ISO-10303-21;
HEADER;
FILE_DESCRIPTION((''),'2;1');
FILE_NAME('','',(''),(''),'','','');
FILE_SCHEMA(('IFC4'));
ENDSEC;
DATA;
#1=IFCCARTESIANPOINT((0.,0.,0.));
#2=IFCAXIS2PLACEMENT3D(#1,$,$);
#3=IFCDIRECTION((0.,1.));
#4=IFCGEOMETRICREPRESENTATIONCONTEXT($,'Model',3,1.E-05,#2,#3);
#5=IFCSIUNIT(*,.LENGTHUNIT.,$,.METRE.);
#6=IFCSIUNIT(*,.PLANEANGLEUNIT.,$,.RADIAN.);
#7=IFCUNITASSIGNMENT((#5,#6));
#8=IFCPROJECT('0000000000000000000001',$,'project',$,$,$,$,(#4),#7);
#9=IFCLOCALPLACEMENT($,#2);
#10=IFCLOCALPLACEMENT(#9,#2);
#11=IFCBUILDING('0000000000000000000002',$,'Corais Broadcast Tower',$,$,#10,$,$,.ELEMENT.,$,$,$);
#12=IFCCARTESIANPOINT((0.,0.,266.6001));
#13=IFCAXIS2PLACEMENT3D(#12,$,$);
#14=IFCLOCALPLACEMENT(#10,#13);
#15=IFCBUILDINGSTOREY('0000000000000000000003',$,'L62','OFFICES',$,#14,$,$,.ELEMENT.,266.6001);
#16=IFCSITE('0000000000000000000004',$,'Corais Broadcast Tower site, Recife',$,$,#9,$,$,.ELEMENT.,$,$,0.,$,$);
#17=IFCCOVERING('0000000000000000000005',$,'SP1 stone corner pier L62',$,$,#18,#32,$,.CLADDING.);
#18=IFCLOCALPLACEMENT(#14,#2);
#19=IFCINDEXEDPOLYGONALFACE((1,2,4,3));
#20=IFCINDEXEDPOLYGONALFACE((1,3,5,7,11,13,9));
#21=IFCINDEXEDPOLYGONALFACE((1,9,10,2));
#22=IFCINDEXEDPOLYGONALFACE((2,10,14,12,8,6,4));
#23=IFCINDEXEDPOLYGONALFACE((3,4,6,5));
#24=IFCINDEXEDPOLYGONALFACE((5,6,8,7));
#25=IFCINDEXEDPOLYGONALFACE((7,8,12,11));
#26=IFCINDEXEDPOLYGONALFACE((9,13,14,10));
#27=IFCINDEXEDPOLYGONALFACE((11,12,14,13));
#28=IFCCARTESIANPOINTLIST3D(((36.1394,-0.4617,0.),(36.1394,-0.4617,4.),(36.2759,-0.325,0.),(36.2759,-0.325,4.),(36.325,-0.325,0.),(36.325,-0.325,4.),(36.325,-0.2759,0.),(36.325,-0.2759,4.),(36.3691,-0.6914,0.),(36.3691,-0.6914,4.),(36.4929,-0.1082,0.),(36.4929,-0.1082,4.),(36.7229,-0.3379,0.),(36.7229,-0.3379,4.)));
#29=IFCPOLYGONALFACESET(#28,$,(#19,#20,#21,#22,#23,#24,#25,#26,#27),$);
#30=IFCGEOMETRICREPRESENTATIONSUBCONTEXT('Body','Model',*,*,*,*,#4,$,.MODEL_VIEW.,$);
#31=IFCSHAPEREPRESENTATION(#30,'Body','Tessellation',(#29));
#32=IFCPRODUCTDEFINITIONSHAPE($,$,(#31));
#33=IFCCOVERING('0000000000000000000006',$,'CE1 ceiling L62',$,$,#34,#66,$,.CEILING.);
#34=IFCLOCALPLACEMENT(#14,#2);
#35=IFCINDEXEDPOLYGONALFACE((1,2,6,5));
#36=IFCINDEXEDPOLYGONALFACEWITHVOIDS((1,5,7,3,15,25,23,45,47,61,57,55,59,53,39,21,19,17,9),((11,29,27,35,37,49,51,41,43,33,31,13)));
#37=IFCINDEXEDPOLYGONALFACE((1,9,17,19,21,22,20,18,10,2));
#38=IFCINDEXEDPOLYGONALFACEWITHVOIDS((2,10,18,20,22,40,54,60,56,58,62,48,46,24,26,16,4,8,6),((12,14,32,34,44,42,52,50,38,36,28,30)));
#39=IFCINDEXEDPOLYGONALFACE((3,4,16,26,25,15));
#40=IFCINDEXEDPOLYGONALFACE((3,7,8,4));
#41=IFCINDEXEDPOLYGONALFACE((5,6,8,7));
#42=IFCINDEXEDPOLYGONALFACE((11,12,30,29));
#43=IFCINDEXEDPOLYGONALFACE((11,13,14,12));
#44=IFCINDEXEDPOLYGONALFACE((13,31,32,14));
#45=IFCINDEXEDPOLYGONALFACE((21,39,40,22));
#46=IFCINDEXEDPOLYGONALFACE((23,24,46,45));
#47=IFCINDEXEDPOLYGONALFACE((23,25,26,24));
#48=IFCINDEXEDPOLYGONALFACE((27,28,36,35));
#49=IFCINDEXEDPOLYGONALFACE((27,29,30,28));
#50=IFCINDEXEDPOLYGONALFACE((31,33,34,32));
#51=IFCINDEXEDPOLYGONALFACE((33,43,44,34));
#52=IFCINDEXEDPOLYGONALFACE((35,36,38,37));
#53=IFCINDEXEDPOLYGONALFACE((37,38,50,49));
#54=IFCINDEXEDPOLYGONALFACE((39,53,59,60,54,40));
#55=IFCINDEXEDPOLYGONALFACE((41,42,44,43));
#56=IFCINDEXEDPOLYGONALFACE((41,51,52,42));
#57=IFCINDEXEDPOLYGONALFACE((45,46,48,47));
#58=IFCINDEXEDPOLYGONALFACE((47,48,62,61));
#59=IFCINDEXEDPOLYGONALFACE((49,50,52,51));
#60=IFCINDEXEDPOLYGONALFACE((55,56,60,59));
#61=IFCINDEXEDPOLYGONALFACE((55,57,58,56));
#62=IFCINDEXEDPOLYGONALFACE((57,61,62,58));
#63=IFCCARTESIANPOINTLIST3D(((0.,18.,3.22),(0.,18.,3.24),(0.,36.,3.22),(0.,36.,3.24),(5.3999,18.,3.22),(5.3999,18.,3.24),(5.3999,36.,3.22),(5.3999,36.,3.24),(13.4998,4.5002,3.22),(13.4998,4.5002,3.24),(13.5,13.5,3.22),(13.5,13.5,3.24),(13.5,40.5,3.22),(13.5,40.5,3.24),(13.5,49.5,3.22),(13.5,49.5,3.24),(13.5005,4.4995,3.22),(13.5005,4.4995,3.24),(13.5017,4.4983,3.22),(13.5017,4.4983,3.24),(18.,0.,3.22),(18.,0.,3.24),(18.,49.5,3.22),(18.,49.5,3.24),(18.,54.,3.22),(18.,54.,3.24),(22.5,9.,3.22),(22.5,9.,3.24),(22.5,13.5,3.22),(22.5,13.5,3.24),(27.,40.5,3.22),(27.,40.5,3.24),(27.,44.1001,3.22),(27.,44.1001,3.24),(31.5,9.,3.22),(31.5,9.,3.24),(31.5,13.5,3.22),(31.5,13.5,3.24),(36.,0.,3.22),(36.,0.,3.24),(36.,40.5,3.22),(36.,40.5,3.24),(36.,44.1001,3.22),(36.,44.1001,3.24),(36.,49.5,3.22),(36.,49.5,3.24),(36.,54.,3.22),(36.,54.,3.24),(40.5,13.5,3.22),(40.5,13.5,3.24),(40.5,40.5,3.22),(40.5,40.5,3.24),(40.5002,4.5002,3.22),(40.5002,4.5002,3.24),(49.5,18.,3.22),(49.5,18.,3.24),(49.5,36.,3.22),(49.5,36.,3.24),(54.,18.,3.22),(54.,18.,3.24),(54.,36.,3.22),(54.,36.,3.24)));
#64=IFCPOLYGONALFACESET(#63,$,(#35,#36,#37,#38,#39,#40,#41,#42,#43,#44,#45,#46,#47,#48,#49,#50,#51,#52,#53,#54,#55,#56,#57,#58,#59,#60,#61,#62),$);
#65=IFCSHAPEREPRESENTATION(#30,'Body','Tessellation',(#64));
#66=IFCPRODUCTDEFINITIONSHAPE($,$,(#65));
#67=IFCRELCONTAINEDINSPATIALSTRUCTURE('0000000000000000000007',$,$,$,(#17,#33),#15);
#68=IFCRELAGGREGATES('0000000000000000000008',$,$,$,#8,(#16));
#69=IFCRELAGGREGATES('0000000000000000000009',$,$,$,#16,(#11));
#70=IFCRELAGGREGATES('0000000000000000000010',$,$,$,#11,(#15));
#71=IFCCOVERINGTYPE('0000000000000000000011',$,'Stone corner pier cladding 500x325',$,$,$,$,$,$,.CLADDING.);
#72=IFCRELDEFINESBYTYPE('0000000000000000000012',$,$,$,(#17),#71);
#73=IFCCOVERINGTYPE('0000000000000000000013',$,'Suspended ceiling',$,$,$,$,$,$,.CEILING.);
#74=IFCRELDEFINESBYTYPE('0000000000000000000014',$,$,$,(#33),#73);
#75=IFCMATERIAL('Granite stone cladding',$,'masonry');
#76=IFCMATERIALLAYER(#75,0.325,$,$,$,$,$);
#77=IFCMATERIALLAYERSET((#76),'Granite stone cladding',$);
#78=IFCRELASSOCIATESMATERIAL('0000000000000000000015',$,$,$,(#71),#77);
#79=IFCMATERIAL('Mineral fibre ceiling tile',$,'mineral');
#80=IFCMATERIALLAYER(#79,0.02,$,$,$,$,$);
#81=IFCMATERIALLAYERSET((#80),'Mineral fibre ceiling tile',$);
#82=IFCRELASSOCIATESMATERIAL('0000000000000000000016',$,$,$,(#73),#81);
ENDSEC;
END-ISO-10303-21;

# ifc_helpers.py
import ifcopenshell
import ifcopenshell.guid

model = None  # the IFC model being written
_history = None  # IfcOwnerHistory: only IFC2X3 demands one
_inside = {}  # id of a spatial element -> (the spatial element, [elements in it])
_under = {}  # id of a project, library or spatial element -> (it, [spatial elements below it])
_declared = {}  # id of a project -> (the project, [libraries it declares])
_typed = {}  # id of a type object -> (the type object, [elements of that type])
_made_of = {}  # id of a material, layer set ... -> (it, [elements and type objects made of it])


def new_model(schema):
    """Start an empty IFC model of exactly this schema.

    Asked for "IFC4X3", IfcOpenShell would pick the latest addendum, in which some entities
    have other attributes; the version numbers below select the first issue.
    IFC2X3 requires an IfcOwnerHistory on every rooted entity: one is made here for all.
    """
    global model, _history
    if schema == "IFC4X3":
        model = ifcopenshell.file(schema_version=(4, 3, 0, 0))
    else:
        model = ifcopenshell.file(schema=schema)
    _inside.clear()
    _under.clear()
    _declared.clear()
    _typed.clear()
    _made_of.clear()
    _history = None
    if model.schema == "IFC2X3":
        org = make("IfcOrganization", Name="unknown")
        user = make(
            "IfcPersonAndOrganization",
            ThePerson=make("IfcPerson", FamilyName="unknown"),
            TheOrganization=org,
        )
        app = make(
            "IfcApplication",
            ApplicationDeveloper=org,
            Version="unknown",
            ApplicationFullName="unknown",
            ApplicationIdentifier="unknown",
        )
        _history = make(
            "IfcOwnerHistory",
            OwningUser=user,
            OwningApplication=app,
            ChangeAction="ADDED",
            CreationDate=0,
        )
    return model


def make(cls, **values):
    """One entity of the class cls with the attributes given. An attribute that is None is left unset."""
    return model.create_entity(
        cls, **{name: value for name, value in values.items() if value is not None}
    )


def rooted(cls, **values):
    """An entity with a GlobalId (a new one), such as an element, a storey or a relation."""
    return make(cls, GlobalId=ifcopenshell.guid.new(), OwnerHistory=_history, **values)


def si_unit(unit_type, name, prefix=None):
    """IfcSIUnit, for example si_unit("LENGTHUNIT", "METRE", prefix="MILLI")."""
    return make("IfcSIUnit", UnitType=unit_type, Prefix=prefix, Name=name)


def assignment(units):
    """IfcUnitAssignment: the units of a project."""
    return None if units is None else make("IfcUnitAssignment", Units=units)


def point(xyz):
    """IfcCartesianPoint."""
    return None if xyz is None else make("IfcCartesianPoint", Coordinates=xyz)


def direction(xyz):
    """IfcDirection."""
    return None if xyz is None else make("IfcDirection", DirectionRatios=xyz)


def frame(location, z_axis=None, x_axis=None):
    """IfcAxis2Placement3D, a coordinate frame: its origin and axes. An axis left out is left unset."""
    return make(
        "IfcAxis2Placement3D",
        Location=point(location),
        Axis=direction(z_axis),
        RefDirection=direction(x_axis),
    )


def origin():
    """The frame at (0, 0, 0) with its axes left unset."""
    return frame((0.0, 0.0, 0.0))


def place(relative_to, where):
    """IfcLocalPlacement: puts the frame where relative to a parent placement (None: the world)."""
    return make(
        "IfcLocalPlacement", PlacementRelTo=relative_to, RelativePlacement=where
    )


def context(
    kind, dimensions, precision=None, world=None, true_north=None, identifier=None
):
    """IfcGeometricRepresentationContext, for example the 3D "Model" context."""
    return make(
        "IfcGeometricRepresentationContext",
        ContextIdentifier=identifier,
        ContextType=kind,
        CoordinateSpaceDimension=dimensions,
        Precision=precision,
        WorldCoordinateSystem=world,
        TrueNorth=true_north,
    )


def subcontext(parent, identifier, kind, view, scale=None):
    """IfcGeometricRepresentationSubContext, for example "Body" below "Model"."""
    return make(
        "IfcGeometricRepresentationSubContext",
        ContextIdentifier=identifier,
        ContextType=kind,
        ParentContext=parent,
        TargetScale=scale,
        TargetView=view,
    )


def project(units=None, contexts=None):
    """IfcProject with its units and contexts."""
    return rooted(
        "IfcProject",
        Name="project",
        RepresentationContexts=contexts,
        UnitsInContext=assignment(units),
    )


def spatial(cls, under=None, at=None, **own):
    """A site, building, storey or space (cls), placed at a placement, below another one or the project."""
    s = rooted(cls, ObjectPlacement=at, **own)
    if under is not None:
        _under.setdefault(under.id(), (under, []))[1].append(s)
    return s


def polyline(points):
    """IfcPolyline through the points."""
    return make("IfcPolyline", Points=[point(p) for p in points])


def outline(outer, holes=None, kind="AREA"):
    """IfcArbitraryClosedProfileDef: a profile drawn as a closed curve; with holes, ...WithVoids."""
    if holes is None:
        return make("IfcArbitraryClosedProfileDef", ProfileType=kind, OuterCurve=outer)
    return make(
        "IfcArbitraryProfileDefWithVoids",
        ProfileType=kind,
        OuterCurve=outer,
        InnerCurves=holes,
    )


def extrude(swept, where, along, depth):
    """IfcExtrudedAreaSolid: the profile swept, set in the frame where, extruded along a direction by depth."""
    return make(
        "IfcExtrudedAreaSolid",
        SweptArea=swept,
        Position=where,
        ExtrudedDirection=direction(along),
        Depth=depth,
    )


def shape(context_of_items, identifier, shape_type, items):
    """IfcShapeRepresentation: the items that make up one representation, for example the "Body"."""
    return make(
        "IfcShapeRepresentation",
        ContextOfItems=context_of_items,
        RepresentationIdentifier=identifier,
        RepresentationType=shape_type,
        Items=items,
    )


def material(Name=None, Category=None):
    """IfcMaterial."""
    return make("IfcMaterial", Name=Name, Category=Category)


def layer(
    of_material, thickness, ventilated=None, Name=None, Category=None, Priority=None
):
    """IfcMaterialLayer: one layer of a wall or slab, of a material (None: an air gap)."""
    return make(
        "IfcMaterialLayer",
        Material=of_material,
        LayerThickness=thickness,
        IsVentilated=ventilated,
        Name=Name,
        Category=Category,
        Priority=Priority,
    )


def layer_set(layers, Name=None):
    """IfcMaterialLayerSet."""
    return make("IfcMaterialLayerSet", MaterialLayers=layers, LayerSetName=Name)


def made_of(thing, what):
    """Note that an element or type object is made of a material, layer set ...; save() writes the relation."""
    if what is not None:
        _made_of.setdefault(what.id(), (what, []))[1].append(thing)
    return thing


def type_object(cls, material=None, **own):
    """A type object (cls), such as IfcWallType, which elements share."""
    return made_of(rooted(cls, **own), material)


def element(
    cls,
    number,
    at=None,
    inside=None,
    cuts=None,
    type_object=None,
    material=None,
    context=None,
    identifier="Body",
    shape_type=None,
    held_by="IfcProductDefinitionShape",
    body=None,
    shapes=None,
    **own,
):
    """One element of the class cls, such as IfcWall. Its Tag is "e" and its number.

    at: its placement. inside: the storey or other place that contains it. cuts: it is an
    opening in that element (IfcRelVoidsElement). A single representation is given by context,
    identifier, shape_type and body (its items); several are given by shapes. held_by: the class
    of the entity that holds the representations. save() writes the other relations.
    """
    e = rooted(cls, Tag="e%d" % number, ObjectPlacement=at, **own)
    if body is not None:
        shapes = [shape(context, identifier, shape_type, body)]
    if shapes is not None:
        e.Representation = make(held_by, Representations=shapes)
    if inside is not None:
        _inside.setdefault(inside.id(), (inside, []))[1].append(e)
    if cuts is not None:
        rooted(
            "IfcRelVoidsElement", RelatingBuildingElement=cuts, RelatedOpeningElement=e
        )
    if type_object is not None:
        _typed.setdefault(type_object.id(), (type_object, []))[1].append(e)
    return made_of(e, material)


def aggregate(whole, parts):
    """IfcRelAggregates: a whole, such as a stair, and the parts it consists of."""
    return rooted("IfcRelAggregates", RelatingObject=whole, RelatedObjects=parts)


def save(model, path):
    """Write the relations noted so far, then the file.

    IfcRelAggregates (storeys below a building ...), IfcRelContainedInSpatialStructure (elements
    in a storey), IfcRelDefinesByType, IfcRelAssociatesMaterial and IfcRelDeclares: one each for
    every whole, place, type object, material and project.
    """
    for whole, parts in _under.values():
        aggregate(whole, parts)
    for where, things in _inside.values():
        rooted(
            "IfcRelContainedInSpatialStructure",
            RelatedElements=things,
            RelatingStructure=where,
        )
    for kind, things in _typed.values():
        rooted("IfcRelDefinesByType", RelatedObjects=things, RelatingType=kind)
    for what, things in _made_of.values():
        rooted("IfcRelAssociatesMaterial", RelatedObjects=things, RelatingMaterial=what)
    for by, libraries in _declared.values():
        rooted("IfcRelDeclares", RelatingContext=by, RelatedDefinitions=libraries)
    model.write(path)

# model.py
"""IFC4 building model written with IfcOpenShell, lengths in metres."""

from ifc_helpers import new_model, si_unit, direction, frame, origin, place, context, subcontext, project, spatial, polyline, outline, extrude, material, layer, layer_set, type_object, element, save


model = new_model("IFC4")

# Units and contexts
model_context = context("Model", 3, precision=1e-05, world=origin(), true_north=direction((0.0, 1.0)))
body_context = subcontext(model_context, "Body", "Model", "MODEL_VIEW")
ifc_project = project(units=[si_unit("LENGTHUNIT", "METRE"), si_unit("PLANEANGLEUNIT", "RADIAN")], contexts=[model_context])

# Site, building, storey
site_placement = place(None, origin())
site = spatial("IfcSite", under=ifc_project, at=site_placement, Name="Corais Broadcast Tower site, Recife", CompositionType="ELEMENT", RefElevation=0.0)
building_placement = place(site_placement, origin())
building = spatial("IfcBuilding", under=site, at=building_placement, Name="Corais Broadcast Tower", CompositionType="ELEMENT")
storey_placement = place(building_placement, frame((0.0, 0.0, 266.6001)))
storey = spatial("IfcBuildingStorey", under=building, at=storey_placement, Name="L62", Description="OFFICES", CompositionType="ELEMENT", Elevation=266.6001)

# Coverings
ifc_material_1 = material(Name="Granite stone cladding", Category="masonry")
ifc_layer_1 = layer(ifc_material_1, 0.325)
ifc_layer_set_1 = layer_set([ifc_layer_1], Name="Granite stone cladding")
covering_type_1 = type_object("IfcCoveringType", Name="Stone corner pier cladding 500x325", PredefinedType="CLADDING", material=ifc_layer_set_1)
covering_1_placement = place(storey_placement, origin())
element("IfcCovering", 1, at=covering_1_placement, inside=storey, type_object=covering_type_1, Name="SP1 stone corner pier L62", PredefinedType="CLADDING", context=body_context, shape_type="SweptSolid", body=[
    extrude(outline(polyline([(36.2759, -0.325), (36.1394, -0.4617), (36.3691, -0.6914), (36.7229, -0.3379), (36.4929, -0.1082), (36.325, -0.2759), (36.325, -0.325), (36.2759, -0.325)])), origin(), (0.0, 0.0, 1.0), 4.0),
])
ifc_material_2 = material(Name="Mineral fibre ceiling tile", Category="mineral")
ifc_layer_2 = layer(ifc_material_2, 0.02)
ifc_layer_set_2 = layer_set([ifc_layer_2], Name="Mineral fibre ceiling tile")
covering_type_2 = type_object("IfcCoveringType", Name="Suspended ceiling", PredefinedType="CEILING", material=ifc_layer_set_2)
covering_2_placement = place(storey_placement, frame((0.0, 0.0, 3.22)))
element("IfcCovering", 2, at=covering_2_placement, inside=storey, type_object=covering_type_2, Name="CE1 ceiling L62", PredefinedType="CEILING", context=body_context, shape_type="SweptSolid", body=[
    extrude(outline(polyline([(13.5, 49.5), (18.0, 54.0), (18.0, 49.5), (36.0, 49.5), (36.0, 54.0), (54.0, 36.0), (49.5, 36.0), (49.5, 18.0), (54.0, 18.0), (40.5002, 4.5002), (36.0, 0.0), (18.0, 0.0), (13.5017, 4.4983), (13.5005, 4.4995), (13.4998, 4.5002), (0.0, 18.0), (5.3999, 18.0), (5.3999, 36.0), (0.0, 36.0), (13.5, 49.5)]), holes=[polyline([(36.0, 40.5), (36.0, 44.1001), (27.0, 44.1001), (27.0, 40.5), (13.5, 40.5), (13.5, 13.5), (22.5, 13.5), (22.5, 9.0), (31.5, 9.0), (31.5, 13.5), (40.5, 13.5), (40.5, 40.5), (36.0, 40.5)])]), origin(), (0.0, 0.0, 1.0), 0.02),
])

save(model, "model.ifc")
